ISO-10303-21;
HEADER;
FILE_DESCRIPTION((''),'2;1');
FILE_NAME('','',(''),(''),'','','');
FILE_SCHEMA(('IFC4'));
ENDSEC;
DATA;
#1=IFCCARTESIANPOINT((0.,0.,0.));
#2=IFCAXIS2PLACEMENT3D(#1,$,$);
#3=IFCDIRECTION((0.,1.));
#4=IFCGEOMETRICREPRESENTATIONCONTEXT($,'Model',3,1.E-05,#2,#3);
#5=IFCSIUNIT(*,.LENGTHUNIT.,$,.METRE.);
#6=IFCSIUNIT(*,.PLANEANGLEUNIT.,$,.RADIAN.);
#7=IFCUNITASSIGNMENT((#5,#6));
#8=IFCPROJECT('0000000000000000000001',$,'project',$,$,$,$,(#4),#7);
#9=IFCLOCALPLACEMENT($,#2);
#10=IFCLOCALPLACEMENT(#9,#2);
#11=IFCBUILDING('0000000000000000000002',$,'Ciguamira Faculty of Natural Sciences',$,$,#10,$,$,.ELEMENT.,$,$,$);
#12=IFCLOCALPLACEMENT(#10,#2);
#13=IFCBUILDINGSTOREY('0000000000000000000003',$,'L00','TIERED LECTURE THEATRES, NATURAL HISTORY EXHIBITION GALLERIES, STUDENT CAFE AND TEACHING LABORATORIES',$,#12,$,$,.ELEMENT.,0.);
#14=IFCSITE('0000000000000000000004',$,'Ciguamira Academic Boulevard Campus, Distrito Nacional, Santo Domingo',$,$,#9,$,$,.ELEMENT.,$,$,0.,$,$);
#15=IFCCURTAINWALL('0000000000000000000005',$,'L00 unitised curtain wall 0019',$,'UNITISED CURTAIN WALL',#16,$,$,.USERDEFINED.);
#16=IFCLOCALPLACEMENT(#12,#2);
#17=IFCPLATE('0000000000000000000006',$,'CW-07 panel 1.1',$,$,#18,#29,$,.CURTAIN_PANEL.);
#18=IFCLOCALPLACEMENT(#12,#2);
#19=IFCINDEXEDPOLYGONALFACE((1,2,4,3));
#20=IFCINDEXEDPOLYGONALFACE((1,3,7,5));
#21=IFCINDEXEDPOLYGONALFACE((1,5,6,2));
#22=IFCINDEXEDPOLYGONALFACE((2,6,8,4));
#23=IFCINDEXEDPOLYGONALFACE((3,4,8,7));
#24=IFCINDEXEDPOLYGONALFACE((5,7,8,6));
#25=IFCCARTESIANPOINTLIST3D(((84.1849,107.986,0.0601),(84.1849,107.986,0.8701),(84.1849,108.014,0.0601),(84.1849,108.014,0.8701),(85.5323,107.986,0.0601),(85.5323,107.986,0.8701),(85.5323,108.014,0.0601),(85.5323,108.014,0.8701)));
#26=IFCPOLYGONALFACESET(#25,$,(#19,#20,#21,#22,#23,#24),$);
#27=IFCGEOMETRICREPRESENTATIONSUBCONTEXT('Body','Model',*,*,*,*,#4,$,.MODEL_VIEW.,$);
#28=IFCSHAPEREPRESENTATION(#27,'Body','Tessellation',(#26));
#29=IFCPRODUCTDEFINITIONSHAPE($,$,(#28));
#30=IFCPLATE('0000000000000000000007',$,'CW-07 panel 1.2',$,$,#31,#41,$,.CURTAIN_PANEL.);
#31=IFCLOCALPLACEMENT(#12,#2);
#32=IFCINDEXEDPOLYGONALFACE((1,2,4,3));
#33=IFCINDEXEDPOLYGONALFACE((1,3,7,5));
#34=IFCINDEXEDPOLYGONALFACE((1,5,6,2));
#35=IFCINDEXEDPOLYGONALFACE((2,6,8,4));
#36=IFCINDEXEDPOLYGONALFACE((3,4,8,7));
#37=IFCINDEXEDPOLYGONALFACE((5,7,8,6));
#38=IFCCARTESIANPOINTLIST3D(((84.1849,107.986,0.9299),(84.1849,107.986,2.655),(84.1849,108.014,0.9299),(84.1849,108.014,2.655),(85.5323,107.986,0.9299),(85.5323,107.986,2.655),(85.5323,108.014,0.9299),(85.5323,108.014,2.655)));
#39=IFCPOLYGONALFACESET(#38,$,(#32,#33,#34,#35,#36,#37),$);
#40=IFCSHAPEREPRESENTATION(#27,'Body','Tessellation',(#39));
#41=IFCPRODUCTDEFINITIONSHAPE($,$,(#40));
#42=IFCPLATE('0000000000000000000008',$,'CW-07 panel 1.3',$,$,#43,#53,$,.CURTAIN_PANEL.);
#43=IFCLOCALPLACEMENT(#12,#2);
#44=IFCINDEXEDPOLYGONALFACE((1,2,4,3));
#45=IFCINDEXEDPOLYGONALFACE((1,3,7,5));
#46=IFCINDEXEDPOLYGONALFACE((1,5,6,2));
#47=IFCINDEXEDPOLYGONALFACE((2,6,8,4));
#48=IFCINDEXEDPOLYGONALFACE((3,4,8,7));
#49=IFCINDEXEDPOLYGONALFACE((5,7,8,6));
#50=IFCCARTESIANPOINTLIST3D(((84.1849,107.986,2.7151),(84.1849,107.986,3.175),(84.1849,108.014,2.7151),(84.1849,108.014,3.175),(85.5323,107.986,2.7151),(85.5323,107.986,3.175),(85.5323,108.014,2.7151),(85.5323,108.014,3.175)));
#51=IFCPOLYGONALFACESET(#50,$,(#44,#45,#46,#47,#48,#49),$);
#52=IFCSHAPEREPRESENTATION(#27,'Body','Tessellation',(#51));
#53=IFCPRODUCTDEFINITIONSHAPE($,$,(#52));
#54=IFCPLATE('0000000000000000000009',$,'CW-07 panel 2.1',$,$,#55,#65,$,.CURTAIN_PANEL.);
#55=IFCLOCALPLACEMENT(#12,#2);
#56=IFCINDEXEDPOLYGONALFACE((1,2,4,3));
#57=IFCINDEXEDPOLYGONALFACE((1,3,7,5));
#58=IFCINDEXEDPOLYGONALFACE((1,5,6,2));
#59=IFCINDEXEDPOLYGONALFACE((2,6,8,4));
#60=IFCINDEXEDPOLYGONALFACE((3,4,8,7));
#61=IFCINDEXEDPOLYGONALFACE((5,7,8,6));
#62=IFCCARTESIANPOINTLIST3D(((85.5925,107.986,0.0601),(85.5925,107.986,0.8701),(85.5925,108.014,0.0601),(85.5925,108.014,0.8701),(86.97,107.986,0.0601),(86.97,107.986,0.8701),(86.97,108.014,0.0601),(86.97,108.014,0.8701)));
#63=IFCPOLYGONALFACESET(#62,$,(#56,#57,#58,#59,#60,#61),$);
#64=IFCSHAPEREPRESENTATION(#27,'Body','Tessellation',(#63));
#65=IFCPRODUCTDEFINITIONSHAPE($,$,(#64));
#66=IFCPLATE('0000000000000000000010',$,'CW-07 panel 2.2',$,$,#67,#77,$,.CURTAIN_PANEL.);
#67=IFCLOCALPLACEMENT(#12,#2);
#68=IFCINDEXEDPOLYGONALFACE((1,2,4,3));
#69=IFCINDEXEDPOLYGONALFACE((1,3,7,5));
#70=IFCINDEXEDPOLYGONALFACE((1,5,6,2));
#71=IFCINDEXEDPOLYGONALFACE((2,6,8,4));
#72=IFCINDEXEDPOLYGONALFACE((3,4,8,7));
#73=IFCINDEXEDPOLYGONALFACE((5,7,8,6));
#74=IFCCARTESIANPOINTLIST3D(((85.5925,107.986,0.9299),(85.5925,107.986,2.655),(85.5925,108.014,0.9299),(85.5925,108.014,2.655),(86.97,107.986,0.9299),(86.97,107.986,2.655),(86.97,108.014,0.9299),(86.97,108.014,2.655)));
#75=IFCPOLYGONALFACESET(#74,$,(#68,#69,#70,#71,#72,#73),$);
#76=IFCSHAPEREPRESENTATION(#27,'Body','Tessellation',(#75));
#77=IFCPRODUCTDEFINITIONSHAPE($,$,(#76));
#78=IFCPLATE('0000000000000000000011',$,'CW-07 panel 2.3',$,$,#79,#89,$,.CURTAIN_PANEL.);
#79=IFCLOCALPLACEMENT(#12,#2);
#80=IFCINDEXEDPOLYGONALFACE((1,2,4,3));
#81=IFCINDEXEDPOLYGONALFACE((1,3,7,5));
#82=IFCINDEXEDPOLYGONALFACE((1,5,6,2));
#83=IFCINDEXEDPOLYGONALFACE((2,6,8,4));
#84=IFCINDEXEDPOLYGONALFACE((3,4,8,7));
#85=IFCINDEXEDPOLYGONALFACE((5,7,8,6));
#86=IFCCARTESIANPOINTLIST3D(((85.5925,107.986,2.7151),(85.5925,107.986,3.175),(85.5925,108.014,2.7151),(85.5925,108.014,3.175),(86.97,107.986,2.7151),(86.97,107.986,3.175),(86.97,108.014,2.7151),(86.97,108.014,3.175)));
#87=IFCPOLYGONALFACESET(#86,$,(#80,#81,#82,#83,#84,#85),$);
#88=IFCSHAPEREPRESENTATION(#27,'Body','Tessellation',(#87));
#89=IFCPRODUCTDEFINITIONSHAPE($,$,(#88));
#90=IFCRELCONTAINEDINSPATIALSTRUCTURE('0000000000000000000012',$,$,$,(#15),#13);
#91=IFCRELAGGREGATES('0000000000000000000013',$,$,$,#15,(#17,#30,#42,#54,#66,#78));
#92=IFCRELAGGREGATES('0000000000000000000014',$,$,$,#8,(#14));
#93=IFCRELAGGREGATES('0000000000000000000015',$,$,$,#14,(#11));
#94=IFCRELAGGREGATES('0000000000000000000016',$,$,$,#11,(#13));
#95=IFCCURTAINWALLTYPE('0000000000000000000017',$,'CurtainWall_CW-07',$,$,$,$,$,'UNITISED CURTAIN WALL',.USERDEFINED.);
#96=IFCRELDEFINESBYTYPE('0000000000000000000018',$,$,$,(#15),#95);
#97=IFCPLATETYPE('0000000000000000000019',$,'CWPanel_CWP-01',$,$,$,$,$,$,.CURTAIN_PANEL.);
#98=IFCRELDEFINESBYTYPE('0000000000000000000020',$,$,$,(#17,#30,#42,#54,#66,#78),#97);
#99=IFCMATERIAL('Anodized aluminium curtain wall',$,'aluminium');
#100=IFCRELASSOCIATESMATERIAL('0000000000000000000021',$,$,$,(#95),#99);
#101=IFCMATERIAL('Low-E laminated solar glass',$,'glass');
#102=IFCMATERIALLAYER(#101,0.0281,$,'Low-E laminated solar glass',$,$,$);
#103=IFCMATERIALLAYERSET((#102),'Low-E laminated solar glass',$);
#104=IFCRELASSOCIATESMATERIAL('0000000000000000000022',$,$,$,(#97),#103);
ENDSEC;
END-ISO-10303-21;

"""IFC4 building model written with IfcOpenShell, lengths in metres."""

from ifc_helpers import new_model, si_unit, direction, frame, origin, origin_2d, place, context, subcontext, project, spatial, rectangle, extrude, material, layer, layer_set, type_object, element, aggregate, save


model = new_model("IFC4")

# Units and contexts
model_context = context("Model", 3, precision=1e-05, world=origin(), true_north=direction((0.0, 1.0)))
body_context = subcontext(model_context, "Body", "Model", "MODEL_VIEW")
ifc_project = project(units=[si_unit("LENGTHUNIT", "METRE"), si_unit("PLANEANGLEUNIT", "RADIAN")], contexts=[model_context])

# Site, building, storey
site_placement = place(None, origin())
site = spatial("IfcSite", under=ifc_project, at=site_placement, Name="Ciguamira Academic Boulevard Campus, Distrito Nacional, Santo Domingo", CompositionType="ELEMENT", RefElevation=0.0)
building_placement = place(site_placement, origin())
building = spatial("IfcBuilding", under=site, at=building_placement, Name="Ciguamira Faculty of Natural Sciences", CompositionType="ELEMENT")
storey_placement = place(building_placement, origin())
storey = spatial("IfcBuildingStorey", under=building, at=storey_placement, Name="L00", Description="TIERED LECTURE THEATRES, NATURAL HISTORY EXHIBITION GALLERIES, STUDENT CAFE AND TEACHING LABORATORIES", CompositionType="ELEMENT", Elevation=0.0)

# Curtain wall
ifc_material_1 = material(Name="Anodized aluminium curtain wall", Category="aluminium")
curtain_wall_type = type_object("IfcCurtainWallType", Name="CurtainWall_CW-07", ElementType="UNITISED CURTAIN WALL", PredefinedType="USERDEFINED", material=ifc_material_1)
curtain_wall_placement = place(storey_placement, origin())
curtain_wall = element("IfcCurtainWall", 1, at=curtain_wall_placement, inside=storey, type_object=curtain_wall_type, Name="L00 unitised curtain wall 0019", ObjectType="UNITISED CURTAIN WALL", PredefinedType="USERDEFINED")

# Plates
ifc_material_2 = material(Name="Low-E laminated solar glass", Category="glass")
ifc_layer = layer(ifc_material_2, 0.0281, Name="Low-E laminated solar glass")
ifc_layer_set = layer_set([ifc_layer], Name="Low-E laminated solar glass")
plate_type = type_object("IfcPlateType", Name="CWPanel_CWP-01", PredefinedType="CURTAIN_PANEL", material=ifc_layer_set)
plate_1_placement = place(storey_placement, frame((84.8586, 108.0, 0.0601), z_axis=(0.0, 0.0, 1.0), x_axis=(1.0, 0.0, 0.0)))
plate_1 = element("IfcPlate", 2, at=plate_1_placement, type_object=plate_type, Name="CW-07 panel 1.1", PredefinedType="CURTAIN_PANEL", context=body_context, shape_type="SweptSolid", body=[
    extrude(rectangle(XDim=1.3474, YDim=0.0281, at=origin_2d()), origin(), (0.0, 0.0, 1.0), 0.8101),
])
plate_2_placement = place(storey_placement, frame((84.8586, 108.0, 0.9299), z_axis=(0.0, 0.0, 1.0), x_axis=(1.0, 0.0, 0.0)))
plate_2 = element("IfcPlate", 3, at=plate_2_placement, type_object=plate_type, Name="CW-07 panel 1.2", PredefinedType="CURTAIN_PANEL", context=body_context, shape_type="SweptSolid", body=[
    extrude(rectangle(XDim=1.3474, YDim=0.0281, at=origin_2d()), origin(), (0.0, 0.0, 1.0), 1.7251),
])
plate_3_placement = place(storey_placement, frame((84.8586, 108.0, 2.7151), z_axis=(0.0, 0.0, 1.0), x_axis=(1.0, 0.0, 0.0)))
plate_3 = element("IfcPlate", 4, at=plate_3_placement, type_object=plate_type, Name="CW-07 panel 1.3", PredefinedType="CURTAIN_PANEL", context=body_context, shape_type="SweptSolid", body=[
    extrude(rectangle(XDim=1.3474, YDim=0.0281, at=origin_2d()), origin(), (0.0, 0.0, 1.0), 0.46),
])
plate_4_placement = place(storey_placement, frame((86.2812, 108.0, 0.0601), z_axis=(0.0, 0.0, 1.0), x_axis=(1.0, 0.0, 0.0)))
plate_4 = element("IfcPlate", 5, at=plate_4_placement, type_object=plate_type, Name="CW-07 panel 2.1", PredefinedType="CURTAIN_PANEL", context=body_context, shape_type="SweptSolid", body=[
    extrude(rectangle(XDim=1.3774, YDim=0.0281, at=origin_2d()), origin(), (0.0, 0.0, 1.0), 0.8101),
])
plate_5_placement = place(storey_placement, frame((86.2812, 108.0, 0.9299), z_axis=(0.0, 0.0, 1.0), x_axis=(1.0, 0.0, 0.0)))
plate_5 = element("IfcPlate", 6, at=plate_5_placement, type_object=plate_type, Name="CW-07 panel 2.2", PredefinedType="CURTAIN_PANEL", context=body_context, shape_type="SweptSolid", body=[
    extrude(rectangle(XDim=1.3774, YDim=0.0281, at=origin_2d()), origin(), (0.0, 0.0, 1.0), 1.7251),
])
plate_6_placement = place(storey_placement, frame((86.2812, 108.0, 2.7151), z_axis=(0.0, 0.0, 1.0), x_axis=(1.0, 0.0, 0.0)))
plate_6 = element("IfcPlate", 7, at=plate_6_placement, type_object=plate_type, Name="CW-07 panel 2.3", PredefinedType="CURTAIN_PANEL", context=body_context, shape_type="SweptSolid", body=[
    extrude(rectangle(XDim=1.3774, YDim=0.0281, at=origin_2d()), origin(), (0.0, 0.0, 1.0), 0.46),
])
aggregate(curtain_wall, [plate_1, plate_2, plate_3, plate_4, plate_5, plate_6])

save(model, "model.ifc")
